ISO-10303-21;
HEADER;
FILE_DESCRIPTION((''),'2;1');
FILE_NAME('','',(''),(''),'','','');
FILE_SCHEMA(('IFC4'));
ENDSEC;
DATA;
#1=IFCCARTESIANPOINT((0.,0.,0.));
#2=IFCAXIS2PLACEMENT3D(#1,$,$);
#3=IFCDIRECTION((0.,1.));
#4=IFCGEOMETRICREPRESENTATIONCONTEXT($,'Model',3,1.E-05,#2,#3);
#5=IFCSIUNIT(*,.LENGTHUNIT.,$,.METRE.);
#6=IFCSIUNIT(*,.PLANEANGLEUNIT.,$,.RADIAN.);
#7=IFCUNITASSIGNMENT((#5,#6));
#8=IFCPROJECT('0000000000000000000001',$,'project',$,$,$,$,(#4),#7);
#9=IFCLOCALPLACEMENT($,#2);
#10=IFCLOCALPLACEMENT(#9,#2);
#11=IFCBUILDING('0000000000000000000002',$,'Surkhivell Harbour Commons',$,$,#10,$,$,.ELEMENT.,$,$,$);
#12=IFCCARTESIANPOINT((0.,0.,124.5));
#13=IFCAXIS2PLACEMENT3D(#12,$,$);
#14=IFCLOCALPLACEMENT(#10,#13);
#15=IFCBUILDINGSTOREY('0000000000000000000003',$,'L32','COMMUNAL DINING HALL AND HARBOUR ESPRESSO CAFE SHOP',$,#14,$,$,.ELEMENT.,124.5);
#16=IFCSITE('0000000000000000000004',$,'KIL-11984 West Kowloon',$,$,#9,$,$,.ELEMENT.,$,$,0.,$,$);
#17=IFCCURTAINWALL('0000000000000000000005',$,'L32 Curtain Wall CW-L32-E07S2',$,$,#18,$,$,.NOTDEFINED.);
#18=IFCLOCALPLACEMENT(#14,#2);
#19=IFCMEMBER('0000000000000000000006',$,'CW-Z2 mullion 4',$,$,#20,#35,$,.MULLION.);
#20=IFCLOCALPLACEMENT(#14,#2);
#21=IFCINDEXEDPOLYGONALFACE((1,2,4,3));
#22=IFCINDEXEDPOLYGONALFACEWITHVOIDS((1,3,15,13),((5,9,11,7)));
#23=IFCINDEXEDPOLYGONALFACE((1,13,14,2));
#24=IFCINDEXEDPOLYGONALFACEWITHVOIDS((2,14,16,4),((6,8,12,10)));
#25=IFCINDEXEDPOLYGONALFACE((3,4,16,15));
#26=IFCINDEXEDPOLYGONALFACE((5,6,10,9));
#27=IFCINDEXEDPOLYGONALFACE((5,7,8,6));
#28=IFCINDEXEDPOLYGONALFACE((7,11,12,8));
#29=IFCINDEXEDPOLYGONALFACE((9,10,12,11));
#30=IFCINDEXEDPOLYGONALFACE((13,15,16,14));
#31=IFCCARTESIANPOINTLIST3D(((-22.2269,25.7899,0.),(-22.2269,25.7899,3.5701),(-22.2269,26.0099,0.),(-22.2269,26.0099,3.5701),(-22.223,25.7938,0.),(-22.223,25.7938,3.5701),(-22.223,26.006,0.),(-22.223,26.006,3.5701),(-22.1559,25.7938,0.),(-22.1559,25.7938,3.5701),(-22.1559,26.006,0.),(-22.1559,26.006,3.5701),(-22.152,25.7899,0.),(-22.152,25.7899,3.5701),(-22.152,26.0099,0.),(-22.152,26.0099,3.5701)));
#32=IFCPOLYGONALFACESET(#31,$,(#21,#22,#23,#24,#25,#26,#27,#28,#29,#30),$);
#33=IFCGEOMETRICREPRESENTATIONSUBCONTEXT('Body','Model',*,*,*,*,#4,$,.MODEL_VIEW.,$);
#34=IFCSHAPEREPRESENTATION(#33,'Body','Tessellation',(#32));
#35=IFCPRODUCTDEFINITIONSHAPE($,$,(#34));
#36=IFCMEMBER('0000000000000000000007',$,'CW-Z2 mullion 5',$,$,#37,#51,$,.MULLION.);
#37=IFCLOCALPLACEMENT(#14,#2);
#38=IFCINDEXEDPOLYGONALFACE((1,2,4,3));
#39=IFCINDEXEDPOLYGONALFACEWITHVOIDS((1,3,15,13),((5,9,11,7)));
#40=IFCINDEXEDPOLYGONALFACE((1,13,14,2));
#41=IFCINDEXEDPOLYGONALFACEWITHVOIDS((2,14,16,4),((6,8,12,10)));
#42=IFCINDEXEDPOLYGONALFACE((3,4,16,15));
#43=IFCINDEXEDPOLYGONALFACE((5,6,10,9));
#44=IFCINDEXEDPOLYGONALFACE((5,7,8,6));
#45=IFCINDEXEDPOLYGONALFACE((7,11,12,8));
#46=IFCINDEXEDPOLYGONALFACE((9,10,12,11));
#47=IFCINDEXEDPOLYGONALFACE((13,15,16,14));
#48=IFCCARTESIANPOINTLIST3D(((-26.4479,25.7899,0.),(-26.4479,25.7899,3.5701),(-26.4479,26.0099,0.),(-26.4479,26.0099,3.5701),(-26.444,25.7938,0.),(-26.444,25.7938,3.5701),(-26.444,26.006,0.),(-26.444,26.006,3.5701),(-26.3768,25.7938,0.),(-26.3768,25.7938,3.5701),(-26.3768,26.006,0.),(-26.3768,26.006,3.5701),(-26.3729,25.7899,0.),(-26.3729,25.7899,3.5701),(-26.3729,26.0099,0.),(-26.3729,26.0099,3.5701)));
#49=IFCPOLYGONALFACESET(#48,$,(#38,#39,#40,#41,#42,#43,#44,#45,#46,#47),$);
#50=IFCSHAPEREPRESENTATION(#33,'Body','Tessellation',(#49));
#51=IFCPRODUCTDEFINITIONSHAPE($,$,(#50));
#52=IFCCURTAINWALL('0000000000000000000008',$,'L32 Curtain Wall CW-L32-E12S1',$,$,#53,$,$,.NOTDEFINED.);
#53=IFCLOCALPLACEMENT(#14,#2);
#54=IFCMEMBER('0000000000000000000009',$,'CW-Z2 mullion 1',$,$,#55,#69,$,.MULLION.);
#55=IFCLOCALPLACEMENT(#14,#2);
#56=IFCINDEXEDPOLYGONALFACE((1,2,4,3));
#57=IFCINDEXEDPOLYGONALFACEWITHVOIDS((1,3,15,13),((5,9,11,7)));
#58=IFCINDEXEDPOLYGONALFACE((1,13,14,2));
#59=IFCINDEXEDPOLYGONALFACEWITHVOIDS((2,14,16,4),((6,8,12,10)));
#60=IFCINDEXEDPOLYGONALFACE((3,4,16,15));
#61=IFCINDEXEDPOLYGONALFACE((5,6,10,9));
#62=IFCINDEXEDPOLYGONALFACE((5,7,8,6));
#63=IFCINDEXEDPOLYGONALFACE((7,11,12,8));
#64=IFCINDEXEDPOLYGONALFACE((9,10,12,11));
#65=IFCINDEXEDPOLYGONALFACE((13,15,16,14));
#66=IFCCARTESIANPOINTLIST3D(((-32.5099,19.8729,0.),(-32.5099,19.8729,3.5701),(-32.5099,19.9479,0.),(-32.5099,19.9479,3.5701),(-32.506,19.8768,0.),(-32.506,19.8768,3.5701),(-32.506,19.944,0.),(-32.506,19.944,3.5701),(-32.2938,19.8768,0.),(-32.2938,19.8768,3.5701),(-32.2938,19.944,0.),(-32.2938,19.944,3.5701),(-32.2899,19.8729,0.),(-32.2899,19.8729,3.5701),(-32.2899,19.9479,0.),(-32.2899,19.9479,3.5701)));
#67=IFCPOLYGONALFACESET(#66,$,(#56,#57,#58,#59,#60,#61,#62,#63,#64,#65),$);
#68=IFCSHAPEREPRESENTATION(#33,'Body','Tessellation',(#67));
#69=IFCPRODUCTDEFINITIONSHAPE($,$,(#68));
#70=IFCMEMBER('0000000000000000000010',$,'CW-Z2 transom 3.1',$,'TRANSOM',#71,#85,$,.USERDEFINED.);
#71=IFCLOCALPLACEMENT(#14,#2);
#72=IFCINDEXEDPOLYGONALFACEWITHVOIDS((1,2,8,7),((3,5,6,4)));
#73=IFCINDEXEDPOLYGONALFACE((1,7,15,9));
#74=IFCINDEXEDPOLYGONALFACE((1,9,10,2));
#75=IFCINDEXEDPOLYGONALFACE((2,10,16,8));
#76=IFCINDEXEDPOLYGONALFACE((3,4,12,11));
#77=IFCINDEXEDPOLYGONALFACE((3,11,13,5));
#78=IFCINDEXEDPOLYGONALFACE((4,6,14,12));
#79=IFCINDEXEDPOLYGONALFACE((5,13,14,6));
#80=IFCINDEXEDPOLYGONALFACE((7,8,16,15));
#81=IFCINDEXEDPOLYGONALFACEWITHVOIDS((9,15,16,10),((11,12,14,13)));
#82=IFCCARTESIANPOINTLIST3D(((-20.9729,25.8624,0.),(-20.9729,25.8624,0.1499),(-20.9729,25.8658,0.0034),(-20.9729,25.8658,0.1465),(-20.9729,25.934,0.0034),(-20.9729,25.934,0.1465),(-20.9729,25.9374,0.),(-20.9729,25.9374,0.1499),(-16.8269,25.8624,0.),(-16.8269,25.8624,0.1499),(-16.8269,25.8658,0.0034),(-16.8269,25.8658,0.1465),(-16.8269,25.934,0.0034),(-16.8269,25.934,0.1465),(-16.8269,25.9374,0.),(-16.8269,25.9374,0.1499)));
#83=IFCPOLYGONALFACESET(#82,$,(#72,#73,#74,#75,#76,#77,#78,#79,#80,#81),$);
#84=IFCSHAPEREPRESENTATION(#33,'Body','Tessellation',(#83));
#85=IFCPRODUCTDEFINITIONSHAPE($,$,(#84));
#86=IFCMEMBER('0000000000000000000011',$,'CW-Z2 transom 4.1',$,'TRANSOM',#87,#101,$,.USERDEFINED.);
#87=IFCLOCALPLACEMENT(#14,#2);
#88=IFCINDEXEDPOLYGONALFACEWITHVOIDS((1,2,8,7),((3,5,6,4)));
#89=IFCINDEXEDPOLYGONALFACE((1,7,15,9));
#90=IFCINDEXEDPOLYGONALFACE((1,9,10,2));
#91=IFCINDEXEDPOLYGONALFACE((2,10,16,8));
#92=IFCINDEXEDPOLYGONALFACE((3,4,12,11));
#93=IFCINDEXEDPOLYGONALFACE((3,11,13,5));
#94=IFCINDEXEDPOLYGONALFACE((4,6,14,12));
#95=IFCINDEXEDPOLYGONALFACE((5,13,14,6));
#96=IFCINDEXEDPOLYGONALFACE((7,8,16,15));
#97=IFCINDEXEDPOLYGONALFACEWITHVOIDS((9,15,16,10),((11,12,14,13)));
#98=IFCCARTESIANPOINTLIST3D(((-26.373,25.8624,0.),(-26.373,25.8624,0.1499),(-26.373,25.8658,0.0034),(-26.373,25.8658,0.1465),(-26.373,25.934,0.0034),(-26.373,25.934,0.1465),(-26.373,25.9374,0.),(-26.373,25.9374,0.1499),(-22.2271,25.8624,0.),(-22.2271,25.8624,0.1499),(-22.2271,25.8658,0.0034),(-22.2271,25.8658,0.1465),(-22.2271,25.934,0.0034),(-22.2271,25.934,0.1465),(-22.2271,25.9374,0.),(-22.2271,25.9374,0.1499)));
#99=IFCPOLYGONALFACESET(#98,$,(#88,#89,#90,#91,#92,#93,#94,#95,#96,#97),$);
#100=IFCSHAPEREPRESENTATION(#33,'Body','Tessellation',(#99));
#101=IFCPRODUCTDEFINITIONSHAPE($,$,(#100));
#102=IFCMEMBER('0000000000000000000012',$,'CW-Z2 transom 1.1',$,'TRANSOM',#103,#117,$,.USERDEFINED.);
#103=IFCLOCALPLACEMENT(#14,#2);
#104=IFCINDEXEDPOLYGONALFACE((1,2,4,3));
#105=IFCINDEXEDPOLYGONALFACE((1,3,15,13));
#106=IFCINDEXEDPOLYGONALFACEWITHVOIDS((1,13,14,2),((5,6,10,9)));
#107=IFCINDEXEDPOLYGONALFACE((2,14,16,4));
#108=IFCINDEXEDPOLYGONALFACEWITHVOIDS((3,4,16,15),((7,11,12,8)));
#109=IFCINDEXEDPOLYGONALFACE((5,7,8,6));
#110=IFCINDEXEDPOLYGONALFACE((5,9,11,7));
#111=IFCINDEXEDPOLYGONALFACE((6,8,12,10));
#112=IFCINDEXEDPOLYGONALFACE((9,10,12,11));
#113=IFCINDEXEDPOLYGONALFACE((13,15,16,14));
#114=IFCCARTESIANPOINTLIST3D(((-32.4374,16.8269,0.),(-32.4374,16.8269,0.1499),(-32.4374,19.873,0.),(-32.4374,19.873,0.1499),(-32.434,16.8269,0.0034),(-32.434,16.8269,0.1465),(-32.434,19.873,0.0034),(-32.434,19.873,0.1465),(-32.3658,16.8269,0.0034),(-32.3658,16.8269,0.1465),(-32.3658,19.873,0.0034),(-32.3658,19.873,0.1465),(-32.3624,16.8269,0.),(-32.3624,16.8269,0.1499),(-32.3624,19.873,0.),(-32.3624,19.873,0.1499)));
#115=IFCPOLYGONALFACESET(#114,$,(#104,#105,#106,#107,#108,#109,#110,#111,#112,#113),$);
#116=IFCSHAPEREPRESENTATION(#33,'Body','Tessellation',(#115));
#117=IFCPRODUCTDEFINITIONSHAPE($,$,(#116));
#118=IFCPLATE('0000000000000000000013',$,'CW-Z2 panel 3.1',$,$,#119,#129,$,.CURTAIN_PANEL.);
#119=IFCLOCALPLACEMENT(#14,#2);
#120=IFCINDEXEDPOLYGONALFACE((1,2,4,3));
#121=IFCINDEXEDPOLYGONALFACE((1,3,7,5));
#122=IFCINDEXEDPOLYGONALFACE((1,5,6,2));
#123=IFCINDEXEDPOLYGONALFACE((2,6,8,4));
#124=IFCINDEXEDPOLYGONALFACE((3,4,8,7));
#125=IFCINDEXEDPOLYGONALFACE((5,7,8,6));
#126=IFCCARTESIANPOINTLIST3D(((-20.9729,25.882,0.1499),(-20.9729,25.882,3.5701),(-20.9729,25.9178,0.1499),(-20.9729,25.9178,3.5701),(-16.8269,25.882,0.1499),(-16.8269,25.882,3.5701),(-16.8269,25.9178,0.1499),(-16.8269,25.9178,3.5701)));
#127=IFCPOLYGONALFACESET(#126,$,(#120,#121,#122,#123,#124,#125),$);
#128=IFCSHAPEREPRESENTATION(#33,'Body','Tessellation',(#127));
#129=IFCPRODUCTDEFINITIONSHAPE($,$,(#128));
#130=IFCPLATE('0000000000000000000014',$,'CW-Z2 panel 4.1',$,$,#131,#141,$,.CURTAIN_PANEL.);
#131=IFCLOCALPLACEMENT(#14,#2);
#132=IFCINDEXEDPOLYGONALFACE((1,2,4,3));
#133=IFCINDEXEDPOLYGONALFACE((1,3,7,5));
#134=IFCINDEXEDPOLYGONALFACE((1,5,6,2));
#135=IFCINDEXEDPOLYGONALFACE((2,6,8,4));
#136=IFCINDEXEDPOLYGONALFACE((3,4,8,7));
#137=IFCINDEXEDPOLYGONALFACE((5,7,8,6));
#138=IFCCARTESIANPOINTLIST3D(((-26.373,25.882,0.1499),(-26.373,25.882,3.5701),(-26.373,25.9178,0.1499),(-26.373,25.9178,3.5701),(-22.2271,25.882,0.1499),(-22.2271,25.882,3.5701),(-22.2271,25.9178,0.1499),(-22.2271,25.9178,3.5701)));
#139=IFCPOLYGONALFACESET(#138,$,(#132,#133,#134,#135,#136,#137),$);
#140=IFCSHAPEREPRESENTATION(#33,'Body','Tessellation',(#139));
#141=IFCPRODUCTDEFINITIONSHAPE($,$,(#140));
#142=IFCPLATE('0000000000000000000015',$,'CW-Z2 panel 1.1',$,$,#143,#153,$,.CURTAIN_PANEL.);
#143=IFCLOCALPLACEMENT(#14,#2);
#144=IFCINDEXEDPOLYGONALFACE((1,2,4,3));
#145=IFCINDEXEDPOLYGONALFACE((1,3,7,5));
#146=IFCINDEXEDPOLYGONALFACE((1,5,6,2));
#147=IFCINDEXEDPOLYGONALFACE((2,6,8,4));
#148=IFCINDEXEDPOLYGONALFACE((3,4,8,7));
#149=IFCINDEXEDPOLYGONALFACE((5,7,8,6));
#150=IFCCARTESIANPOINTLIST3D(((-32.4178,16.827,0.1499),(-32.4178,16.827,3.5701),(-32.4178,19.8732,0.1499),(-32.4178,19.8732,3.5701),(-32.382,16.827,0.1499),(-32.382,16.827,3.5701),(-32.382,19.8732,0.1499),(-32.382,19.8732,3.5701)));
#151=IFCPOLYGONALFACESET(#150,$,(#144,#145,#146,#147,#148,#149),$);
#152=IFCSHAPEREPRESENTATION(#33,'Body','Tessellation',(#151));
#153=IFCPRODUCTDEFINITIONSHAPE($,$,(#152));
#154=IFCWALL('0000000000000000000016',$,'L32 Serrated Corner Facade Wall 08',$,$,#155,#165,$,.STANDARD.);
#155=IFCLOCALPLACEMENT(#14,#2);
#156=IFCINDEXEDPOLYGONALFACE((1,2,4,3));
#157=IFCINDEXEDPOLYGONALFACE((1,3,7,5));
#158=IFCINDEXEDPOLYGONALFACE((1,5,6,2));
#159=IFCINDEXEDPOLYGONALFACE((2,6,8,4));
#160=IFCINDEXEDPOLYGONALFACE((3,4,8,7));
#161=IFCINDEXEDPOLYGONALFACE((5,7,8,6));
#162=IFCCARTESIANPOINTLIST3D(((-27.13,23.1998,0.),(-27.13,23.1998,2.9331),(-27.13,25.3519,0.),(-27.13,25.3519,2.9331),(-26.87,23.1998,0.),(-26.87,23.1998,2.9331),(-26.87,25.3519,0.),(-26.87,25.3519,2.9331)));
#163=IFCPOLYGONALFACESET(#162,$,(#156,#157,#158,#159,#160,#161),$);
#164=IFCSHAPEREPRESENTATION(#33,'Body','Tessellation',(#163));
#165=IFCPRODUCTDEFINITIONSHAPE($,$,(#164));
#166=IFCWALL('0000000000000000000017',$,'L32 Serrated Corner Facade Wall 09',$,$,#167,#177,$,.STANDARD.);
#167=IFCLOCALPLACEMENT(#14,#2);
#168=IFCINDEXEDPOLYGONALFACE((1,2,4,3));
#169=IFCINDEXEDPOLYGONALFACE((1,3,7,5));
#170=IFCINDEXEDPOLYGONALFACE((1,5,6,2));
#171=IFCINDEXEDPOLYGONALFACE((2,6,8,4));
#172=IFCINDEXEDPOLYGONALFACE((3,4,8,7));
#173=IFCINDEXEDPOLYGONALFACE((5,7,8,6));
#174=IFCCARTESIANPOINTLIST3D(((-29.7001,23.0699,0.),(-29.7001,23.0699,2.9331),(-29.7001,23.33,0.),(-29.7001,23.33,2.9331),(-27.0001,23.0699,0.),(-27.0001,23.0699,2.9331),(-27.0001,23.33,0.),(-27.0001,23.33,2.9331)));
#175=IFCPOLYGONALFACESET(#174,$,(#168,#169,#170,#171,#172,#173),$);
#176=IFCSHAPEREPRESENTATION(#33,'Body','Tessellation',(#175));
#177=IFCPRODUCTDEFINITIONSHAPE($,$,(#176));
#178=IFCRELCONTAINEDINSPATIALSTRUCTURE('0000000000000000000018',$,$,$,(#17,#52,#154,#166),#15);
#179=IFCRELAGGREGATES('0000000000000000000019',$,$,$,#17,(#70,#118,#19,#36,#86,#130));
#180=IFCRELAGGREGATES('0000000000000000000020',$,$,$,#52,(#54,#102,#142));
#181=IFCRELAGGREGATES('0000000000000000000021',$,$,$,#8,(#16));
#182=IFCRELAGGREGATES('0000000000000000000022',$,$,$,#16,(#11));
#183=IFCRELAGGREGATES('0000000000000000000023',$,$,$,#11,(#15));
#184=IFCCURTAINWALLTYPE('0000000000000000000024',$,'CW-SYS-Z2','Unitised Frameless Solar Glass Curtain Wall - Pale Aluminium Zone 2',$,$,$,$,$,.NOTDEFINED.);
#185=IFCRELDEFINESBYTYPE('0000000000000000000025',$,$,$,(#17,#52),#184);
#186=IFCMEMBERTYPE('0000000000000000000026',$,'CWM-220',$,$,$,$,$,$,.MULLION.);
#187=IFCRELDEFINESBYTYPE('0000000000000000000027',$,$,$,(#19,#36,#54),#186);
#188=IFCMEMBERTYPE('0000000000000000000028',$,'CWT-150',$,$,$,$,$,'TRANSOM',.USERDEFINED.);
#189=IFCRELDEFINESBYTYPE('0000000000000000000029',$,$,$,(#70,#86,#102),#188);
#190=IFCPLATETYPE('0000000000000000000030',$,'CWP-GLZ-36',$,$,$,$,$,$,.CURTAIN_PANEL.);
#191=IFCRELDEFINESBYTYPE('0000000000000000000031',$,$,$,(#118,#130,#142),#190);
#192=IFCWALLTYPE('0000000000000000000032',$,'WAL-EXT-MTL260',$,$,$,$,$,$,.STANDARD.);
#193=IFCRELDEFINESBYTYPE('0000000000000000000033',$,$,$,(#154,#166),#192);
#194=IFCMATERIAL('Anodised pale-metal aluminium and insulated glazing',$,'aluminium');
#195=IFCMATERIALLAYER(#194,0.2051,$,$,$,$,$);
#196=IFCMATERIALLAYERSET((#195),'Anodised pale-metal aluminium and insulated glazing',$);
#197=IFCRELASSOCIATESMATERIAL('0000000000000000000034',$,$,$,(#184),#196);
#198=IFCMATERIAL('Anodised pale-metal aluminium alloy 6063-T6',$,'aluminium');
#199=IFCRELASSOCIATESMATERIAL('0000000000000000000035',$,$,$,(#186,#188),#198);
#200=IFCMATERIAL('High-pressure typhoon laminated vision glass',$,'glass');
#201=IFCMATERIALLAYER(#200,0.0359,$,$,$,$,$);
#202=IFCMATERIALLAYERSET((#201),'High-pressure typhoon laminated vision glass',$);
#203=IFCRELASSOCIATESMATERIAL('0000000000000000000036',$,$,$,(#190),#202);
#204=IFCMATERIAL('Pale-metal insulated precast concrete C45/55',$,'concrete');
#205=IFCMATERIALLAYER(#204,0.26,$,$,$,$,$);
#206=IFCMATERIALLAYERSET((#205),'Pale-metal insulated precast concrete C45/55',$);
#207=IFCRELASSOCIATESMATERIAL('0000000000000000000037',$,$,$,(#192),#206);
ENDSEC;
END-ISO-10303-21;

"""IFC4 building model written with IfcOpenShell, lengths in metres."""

from ifc_helpers import new_model, si_unit, direction, frame, frame_2d, origin, origin_2d, place, context, subcontext, project, spatial, rectangle, hollow_rectangle, extrude, material, layer, layer_set, material_profile, profile_set, type_object, element, aggregate, save


model = new_model("IFC4")

# Units and contexts
model_context = context("Model", 3, precision=1e-05, world=origin(), true_north=direction((0.0, 1.0)))
body_context = subcontext(model_context, "Body", "Model", "MODEL_VIEW")
ifc_project = project(units=[si_unit("LENGTHUNIT", "METRE"), si_unit("PLANEANGLEUNIT", "RADIAN")], contexts=[model_context])

# Site, building, storey
site_placement = place(None, origin())
site = spatial("IfcSite", under=ifc_project, at=site_placement, Name="KIL-11984 West Kowloon", CompositionType="ELEMENT", RefElevation=0.0)
building_placement = place(site_placement, origin())
building = spatial("IfcBuilding", under=site, at=building_placement, Name="Surkhivell Harbour Commons", CompositionType="ELEMENT")
storey_placement = place(building_placement, frame((0.0, 0.0, 124.5)))
storey = spatial("IfcBuildingStorey", under=building, at=storey_placement, Name="L32", Description="COMMUNAL DINING HALL AND HARBOUR ESPRESSO CAFE SHOP", CompositionType="ELEMENT", Elevation=124.5)

# Curtain wall, members
ifc_material_1 = material(Name="Anodised pale-metal aluminium and insulated glazing", Category="aluminium")
ifc_layer_1 = layer(ifc_material_1, 0.2051)
ifc_layer_set_1 = layer_set([ifc_layer_1], Name="Anodised pale-metal aluminium and insulated glazing")
curtain_wall_type = type_object("IfcCurtainWallType", Name="CW-SYS-Z2", Description="Unitised Frameless Solar Glass Curtain Wall - Pale Aluminium Zone 2", PredefinedType="NOTDEFINED", material=ifc_layer_set_1)
curtain_wall_1_placement = place(storey_placement, origin())
curtain_wall_1 = element("IfcCurtainWall", 1, at=curtain_wall_1_placement, inside=storey, type_object=curtain_wall_type, Name="L32 Curtain Wall CW-L32-E07S2", PredefinedType="NOTDEFINED")
ifc_material_2 = material(Name="Anodised pale-metal aluminium alloy 6063-T6", Category="aluminium")
ifc_material_profile_1 = material_profile(ifc_material_2, hollow_rectangle(XDim=0.075, YDim=0.22, WallThickness=0.0039, at=origin_2d()), Name="ALU-MULL-75x220")
ifc_profile_set_1 = profile_set([ifc_material_profile_1], Name="Anodised pale-metal aluminium alloy 6063-T6")
member_type_1 = type_object("IfcMemberType", Name="CWM-220", PredefinedType="MULLION", material=ifc_profile_set_1)
member_1_placement = place(storey_placement, frame((-22.1895, 25.8999, 0.0), z_axis=(0.0, 0.0, 1.0), x_axis=(-1.0, 0.0, 0.0)))
member_1 = element("IfcMember", 2, at=member_1_placement, type_object=member_type_1, Name="CW-Z2 mullion 4", PredefinedType="MULLION", context=body_context, shape_type="SweptSolid", body=[
    extrude(hollow_rectangle(XDim=0.075, YDim=0.22, WallThickness=0.0039, at=origin_2d()), origin(), (0.0, 0.0, 1.0), 3.5701),
])
member_2_placement = place(storey_placement, frame((-26.4104, 25.8999, 0.0), z_axis=(0.0, 0.0, 1.0), x_axis=(-1.0, 0.0, 0.0)))
member_2 = element("IfcMember", 3, at=member_2_placement, type_object=member_type_1, Name="CW-Z2 mullion 5", PredefinedType="MULLION", context=body_context, shape_type="SweptSolid", body=[
    extrude(hollow_rectangle(XDim=0.075, YDim=0.22, WallThickness=0.0039, at=origin_2d()), origin(), (0.0, 0.0, 1.0), 3.5701),
])

# Curtain wall, member
curtain_wall_2_placement = place(storey_placement, origin())
curtain_wall_2 = element("IfcCurtainWall", 4, at=curtain_wall_2_placement, inside=storey, type_object=curtain_wall_type, Name="L32 Curtain Wall CW-L32-E12S1", PredefinedType="NOTDEFINED")
member_3_placement = place(storey_placement, frame((-32.3999, 19.9104, 0.0), z_axis=(0.0, 0.0, 1.0), x_axis=(0.0, -1.0, 0.0)))
member_3 = element("IfcMember", 5, at=member_3_placement, type_object=member_type_1, Name="CW-Z2 mullion 1", PredefinedType="MULLION", context=body_context, shape_type="SweptSolid", body=[
    extrude(hollow_rectangle(XDim=0.075, YDim=0.22, WallThickness=0.0039, at=origin_2d()), origin(), (0.0, 0.0, 1.0), 3.5701),
])

# Members
ifc_material_profile_2 = material_profile(ifc_material_2, hollow_rectangle(XDim=0.075, YDim=0.1499, WallThickness=0.0034, at=origin_2d()), Name="ALU-TRAN-75x150")
ifc_profile_set_2 = profile_set([ifc_material_profile_2], Name="Anodised pale-metal aluminium alloy 6063-T6")
member_type_2 = type_object("IfcMemberType", Name="CWT-150", ElementType="TRANSOM", PredefinedType="USERDEFINED", material=ifc_profile_set_2)
member_4_placement = place(storey_placement, frame((-16.8269, 25.8999, 0.075), z_axis=(-1.0, 0.0, 0.0), x_axis=(0.0, -1.0, 0.0)))
member_4 = element("IfcMember", 6, at=member_4_placement, type_object=member_type_2, Name="CW-Z2 transom 3.1", ObjectType="TRANSOM", PredefinedType="USERDEFINED", context=body_context, shape_type="SweptSolid", body=[
    extrude(hollow_rectangle(XDim=0.075, YDim=0.1499, WallThickness=0.0034, at=origin_2d()), origin(), (0.0, 0.0, 1.0), 4.146),
])
member_5_placement = place(storey_placement, frame((-22.2271, 25.8999, 0.075), z_axis=(-1.0, 0.0, 0.0), x_axis=(0.0, -1.0, 0.0)))
member_5 = element("IfcMember", 7, at=member_5_placement, type_object=member_type_2, Name="CW-Z2 transom 4.1", ObjectType="TRANSOM", PredefinedType="USERDEFINED", context=body_context, shape_type="SweptSolid", body=[
    extrude(hollow_rectangle(XDim=0.075, YDim=0.1499, WallThickness=0.0034, at=origin_2d()), origin(), (0.0, 0.0, 1.0), 4.146),
])
member_6_placement = place(storey_placement, frame((-32.3999, 19.873, 0.075), z_axis=(0.0, -1.0, 0.0), x_axis=(1.0, 0.0, 0.0)))
member_6 = element("IfcMember", 8, at=member_6_placement, type_object=member_type_2, Name="CW-Z2 transom 1.1", ObjectType="TRANSOM", PredefinedType="USERDEFINED", context=body_context, shape_type="SweptSolid", body=[
    extrude(hollow_rectangle(XDim=0.075, YDim=0.1499, WallThickness=0.0034, at=origin_2d()), origin(), (0.0, 0.0, 1.0), 3.0461),
])

# Plates
ifc_material_3 = material(Name="High-pressure typhoon laminated vision glass", Category="glass")
ifc_layer_2 = layer(ifc_material_3, 0.0359)
ifc_layer_set_2 = layer_set([ifc_layer_2], Name="High-pressure typhoon laminated vision glass")
plate_type = type_object("IfcPlateType", Name="CWP-GLZ-36", PredefinedType="CURTAIN_PANEL", material=ifc_layer_set_2)
plate_1_placement = place(storey_placement, frame((-16.8269, 25.8999, 0.1499), z_axis=(0.0, 0.0, 1.0), x_axis=(-1.0, 0.0, 0.0)))
plate_1 = element("IfcPlate", 9, at=plate_1_placement, type_object=plate_type, Name="CW-Z2 panel 3.1", PredefinedType="CURTAIN_PANEL", context=body_context, shape_type="SweptSolid", body=[
    extrude(rectangle(XDim=4.146, YDim=0.0359, at=frame_2d((2.073, 0.0))), origin(), (0.0, 0.0, 1.0), 3.4202),
])
plate_2_placement = place(storey_placement, frame((-22.2271, 25.8999, 0.1499), z_axis=(0.0, 0.0, 1.0), x_axis=(-1.0, 0.0, 0.0)))
plate_2 = element("IfcPlate", 10, at=plate_2_placement, type_object=plate_type, Name="CW-Z2 panel 4.1", PredefinedType="CURTAIN_PANEL", context=body_context, shape_type="SweptSolid", body=[
    extrude(rectangle(XDim=4.146, YDim=0.0359, at=frame_2d((2.073, 0.0))), origin(), (0.0, 0.0, 1.0), 3.4202),
])
aggregate(curtain_wall_1, [member_4, plate_1, member_1, member_2, member_5, plate_2])
plate_3_placement = place(storey_placement, frame((-32.3999, 19.873, 0.1499), z_axis=(0.0, 0.0, 1.0), x_axis=(0.0, -1.0, 0.0)))
plate_3 = element("IfcPlate", 11, at=plate_3_placement, type_object=plate_type, Name="CW-Z2 panel 1.1", PredefinedType="CURTAIN_PANEL", context=body_context, shape_type="SweptSolid", body=[
    extrude(rectangle(XDim=3.0461, YDim=0.0359, at=frame_2d((1.5229, 0.0))), origin(), (0.0, 0.0, 1.0), 3.4202),
])
aggregate(curtain_wall_2, [member_3, member_6, plate_3])

# Walls
ifc_material_4 = material(Name="Pale-metal insulated precast concrete C45/55", Category="concrete")
ifc_layer_3 = layer(ifc_material_4, 0.26)
ifc_layer_set_3 = layer_set([ifc_layer_3], Name="Pale-metal insulated precast concrete C45/55")
wall_type = type_object("IfcWallType", Name="WAL-EXT-MTL260", PredefinedType="STANDARD", material=ifc_layer_set_3)
wall_1_placement = place(storey_placement, frame((-27.0, 25.3521, 0.0), z_axis=(0.0, 0.0, 1.0), x_axis=(0.0, -1.0, 0.0)))
element("IfcWall", 12, at=wall_1_placement, inside=storey, type_object=wall_type, Name="L32 Serrated Corner Facade Wall 08", PredefinedType="STANDARD", context=body_context, shape_type="SweptSolid", body=[
    extrude(rectangle(XDim=2.1521, YDim=0.26, at=frame_2d((1.0762, 0.0))), origin(), (0.0, 0.0, 1.0), 2.9331),
])
wall_2_placement = place(storey_placement, frame((-27.0, 23.2, 0.0), z_axis=(0.0, 0.0, 1.0), x_axis=(-1.0, 0.0, 0.0)))
element("IfcWall", 13, at=wall_2_placement, inside=storey, type_object=wall_type, Name="L32 Serrated Corner Facade Wall 09", PredefinedType="STANDARD", context=body_context, shape_type="SweptSolid", body=[
    extrude(rectangle(XDim=2.7, YDim=0.26, at=frame_2d((1.3501, 0.0))), origin(), (0.0, 0.0, 1.0), 2.9331),
])

save(model, "model.ifc")
